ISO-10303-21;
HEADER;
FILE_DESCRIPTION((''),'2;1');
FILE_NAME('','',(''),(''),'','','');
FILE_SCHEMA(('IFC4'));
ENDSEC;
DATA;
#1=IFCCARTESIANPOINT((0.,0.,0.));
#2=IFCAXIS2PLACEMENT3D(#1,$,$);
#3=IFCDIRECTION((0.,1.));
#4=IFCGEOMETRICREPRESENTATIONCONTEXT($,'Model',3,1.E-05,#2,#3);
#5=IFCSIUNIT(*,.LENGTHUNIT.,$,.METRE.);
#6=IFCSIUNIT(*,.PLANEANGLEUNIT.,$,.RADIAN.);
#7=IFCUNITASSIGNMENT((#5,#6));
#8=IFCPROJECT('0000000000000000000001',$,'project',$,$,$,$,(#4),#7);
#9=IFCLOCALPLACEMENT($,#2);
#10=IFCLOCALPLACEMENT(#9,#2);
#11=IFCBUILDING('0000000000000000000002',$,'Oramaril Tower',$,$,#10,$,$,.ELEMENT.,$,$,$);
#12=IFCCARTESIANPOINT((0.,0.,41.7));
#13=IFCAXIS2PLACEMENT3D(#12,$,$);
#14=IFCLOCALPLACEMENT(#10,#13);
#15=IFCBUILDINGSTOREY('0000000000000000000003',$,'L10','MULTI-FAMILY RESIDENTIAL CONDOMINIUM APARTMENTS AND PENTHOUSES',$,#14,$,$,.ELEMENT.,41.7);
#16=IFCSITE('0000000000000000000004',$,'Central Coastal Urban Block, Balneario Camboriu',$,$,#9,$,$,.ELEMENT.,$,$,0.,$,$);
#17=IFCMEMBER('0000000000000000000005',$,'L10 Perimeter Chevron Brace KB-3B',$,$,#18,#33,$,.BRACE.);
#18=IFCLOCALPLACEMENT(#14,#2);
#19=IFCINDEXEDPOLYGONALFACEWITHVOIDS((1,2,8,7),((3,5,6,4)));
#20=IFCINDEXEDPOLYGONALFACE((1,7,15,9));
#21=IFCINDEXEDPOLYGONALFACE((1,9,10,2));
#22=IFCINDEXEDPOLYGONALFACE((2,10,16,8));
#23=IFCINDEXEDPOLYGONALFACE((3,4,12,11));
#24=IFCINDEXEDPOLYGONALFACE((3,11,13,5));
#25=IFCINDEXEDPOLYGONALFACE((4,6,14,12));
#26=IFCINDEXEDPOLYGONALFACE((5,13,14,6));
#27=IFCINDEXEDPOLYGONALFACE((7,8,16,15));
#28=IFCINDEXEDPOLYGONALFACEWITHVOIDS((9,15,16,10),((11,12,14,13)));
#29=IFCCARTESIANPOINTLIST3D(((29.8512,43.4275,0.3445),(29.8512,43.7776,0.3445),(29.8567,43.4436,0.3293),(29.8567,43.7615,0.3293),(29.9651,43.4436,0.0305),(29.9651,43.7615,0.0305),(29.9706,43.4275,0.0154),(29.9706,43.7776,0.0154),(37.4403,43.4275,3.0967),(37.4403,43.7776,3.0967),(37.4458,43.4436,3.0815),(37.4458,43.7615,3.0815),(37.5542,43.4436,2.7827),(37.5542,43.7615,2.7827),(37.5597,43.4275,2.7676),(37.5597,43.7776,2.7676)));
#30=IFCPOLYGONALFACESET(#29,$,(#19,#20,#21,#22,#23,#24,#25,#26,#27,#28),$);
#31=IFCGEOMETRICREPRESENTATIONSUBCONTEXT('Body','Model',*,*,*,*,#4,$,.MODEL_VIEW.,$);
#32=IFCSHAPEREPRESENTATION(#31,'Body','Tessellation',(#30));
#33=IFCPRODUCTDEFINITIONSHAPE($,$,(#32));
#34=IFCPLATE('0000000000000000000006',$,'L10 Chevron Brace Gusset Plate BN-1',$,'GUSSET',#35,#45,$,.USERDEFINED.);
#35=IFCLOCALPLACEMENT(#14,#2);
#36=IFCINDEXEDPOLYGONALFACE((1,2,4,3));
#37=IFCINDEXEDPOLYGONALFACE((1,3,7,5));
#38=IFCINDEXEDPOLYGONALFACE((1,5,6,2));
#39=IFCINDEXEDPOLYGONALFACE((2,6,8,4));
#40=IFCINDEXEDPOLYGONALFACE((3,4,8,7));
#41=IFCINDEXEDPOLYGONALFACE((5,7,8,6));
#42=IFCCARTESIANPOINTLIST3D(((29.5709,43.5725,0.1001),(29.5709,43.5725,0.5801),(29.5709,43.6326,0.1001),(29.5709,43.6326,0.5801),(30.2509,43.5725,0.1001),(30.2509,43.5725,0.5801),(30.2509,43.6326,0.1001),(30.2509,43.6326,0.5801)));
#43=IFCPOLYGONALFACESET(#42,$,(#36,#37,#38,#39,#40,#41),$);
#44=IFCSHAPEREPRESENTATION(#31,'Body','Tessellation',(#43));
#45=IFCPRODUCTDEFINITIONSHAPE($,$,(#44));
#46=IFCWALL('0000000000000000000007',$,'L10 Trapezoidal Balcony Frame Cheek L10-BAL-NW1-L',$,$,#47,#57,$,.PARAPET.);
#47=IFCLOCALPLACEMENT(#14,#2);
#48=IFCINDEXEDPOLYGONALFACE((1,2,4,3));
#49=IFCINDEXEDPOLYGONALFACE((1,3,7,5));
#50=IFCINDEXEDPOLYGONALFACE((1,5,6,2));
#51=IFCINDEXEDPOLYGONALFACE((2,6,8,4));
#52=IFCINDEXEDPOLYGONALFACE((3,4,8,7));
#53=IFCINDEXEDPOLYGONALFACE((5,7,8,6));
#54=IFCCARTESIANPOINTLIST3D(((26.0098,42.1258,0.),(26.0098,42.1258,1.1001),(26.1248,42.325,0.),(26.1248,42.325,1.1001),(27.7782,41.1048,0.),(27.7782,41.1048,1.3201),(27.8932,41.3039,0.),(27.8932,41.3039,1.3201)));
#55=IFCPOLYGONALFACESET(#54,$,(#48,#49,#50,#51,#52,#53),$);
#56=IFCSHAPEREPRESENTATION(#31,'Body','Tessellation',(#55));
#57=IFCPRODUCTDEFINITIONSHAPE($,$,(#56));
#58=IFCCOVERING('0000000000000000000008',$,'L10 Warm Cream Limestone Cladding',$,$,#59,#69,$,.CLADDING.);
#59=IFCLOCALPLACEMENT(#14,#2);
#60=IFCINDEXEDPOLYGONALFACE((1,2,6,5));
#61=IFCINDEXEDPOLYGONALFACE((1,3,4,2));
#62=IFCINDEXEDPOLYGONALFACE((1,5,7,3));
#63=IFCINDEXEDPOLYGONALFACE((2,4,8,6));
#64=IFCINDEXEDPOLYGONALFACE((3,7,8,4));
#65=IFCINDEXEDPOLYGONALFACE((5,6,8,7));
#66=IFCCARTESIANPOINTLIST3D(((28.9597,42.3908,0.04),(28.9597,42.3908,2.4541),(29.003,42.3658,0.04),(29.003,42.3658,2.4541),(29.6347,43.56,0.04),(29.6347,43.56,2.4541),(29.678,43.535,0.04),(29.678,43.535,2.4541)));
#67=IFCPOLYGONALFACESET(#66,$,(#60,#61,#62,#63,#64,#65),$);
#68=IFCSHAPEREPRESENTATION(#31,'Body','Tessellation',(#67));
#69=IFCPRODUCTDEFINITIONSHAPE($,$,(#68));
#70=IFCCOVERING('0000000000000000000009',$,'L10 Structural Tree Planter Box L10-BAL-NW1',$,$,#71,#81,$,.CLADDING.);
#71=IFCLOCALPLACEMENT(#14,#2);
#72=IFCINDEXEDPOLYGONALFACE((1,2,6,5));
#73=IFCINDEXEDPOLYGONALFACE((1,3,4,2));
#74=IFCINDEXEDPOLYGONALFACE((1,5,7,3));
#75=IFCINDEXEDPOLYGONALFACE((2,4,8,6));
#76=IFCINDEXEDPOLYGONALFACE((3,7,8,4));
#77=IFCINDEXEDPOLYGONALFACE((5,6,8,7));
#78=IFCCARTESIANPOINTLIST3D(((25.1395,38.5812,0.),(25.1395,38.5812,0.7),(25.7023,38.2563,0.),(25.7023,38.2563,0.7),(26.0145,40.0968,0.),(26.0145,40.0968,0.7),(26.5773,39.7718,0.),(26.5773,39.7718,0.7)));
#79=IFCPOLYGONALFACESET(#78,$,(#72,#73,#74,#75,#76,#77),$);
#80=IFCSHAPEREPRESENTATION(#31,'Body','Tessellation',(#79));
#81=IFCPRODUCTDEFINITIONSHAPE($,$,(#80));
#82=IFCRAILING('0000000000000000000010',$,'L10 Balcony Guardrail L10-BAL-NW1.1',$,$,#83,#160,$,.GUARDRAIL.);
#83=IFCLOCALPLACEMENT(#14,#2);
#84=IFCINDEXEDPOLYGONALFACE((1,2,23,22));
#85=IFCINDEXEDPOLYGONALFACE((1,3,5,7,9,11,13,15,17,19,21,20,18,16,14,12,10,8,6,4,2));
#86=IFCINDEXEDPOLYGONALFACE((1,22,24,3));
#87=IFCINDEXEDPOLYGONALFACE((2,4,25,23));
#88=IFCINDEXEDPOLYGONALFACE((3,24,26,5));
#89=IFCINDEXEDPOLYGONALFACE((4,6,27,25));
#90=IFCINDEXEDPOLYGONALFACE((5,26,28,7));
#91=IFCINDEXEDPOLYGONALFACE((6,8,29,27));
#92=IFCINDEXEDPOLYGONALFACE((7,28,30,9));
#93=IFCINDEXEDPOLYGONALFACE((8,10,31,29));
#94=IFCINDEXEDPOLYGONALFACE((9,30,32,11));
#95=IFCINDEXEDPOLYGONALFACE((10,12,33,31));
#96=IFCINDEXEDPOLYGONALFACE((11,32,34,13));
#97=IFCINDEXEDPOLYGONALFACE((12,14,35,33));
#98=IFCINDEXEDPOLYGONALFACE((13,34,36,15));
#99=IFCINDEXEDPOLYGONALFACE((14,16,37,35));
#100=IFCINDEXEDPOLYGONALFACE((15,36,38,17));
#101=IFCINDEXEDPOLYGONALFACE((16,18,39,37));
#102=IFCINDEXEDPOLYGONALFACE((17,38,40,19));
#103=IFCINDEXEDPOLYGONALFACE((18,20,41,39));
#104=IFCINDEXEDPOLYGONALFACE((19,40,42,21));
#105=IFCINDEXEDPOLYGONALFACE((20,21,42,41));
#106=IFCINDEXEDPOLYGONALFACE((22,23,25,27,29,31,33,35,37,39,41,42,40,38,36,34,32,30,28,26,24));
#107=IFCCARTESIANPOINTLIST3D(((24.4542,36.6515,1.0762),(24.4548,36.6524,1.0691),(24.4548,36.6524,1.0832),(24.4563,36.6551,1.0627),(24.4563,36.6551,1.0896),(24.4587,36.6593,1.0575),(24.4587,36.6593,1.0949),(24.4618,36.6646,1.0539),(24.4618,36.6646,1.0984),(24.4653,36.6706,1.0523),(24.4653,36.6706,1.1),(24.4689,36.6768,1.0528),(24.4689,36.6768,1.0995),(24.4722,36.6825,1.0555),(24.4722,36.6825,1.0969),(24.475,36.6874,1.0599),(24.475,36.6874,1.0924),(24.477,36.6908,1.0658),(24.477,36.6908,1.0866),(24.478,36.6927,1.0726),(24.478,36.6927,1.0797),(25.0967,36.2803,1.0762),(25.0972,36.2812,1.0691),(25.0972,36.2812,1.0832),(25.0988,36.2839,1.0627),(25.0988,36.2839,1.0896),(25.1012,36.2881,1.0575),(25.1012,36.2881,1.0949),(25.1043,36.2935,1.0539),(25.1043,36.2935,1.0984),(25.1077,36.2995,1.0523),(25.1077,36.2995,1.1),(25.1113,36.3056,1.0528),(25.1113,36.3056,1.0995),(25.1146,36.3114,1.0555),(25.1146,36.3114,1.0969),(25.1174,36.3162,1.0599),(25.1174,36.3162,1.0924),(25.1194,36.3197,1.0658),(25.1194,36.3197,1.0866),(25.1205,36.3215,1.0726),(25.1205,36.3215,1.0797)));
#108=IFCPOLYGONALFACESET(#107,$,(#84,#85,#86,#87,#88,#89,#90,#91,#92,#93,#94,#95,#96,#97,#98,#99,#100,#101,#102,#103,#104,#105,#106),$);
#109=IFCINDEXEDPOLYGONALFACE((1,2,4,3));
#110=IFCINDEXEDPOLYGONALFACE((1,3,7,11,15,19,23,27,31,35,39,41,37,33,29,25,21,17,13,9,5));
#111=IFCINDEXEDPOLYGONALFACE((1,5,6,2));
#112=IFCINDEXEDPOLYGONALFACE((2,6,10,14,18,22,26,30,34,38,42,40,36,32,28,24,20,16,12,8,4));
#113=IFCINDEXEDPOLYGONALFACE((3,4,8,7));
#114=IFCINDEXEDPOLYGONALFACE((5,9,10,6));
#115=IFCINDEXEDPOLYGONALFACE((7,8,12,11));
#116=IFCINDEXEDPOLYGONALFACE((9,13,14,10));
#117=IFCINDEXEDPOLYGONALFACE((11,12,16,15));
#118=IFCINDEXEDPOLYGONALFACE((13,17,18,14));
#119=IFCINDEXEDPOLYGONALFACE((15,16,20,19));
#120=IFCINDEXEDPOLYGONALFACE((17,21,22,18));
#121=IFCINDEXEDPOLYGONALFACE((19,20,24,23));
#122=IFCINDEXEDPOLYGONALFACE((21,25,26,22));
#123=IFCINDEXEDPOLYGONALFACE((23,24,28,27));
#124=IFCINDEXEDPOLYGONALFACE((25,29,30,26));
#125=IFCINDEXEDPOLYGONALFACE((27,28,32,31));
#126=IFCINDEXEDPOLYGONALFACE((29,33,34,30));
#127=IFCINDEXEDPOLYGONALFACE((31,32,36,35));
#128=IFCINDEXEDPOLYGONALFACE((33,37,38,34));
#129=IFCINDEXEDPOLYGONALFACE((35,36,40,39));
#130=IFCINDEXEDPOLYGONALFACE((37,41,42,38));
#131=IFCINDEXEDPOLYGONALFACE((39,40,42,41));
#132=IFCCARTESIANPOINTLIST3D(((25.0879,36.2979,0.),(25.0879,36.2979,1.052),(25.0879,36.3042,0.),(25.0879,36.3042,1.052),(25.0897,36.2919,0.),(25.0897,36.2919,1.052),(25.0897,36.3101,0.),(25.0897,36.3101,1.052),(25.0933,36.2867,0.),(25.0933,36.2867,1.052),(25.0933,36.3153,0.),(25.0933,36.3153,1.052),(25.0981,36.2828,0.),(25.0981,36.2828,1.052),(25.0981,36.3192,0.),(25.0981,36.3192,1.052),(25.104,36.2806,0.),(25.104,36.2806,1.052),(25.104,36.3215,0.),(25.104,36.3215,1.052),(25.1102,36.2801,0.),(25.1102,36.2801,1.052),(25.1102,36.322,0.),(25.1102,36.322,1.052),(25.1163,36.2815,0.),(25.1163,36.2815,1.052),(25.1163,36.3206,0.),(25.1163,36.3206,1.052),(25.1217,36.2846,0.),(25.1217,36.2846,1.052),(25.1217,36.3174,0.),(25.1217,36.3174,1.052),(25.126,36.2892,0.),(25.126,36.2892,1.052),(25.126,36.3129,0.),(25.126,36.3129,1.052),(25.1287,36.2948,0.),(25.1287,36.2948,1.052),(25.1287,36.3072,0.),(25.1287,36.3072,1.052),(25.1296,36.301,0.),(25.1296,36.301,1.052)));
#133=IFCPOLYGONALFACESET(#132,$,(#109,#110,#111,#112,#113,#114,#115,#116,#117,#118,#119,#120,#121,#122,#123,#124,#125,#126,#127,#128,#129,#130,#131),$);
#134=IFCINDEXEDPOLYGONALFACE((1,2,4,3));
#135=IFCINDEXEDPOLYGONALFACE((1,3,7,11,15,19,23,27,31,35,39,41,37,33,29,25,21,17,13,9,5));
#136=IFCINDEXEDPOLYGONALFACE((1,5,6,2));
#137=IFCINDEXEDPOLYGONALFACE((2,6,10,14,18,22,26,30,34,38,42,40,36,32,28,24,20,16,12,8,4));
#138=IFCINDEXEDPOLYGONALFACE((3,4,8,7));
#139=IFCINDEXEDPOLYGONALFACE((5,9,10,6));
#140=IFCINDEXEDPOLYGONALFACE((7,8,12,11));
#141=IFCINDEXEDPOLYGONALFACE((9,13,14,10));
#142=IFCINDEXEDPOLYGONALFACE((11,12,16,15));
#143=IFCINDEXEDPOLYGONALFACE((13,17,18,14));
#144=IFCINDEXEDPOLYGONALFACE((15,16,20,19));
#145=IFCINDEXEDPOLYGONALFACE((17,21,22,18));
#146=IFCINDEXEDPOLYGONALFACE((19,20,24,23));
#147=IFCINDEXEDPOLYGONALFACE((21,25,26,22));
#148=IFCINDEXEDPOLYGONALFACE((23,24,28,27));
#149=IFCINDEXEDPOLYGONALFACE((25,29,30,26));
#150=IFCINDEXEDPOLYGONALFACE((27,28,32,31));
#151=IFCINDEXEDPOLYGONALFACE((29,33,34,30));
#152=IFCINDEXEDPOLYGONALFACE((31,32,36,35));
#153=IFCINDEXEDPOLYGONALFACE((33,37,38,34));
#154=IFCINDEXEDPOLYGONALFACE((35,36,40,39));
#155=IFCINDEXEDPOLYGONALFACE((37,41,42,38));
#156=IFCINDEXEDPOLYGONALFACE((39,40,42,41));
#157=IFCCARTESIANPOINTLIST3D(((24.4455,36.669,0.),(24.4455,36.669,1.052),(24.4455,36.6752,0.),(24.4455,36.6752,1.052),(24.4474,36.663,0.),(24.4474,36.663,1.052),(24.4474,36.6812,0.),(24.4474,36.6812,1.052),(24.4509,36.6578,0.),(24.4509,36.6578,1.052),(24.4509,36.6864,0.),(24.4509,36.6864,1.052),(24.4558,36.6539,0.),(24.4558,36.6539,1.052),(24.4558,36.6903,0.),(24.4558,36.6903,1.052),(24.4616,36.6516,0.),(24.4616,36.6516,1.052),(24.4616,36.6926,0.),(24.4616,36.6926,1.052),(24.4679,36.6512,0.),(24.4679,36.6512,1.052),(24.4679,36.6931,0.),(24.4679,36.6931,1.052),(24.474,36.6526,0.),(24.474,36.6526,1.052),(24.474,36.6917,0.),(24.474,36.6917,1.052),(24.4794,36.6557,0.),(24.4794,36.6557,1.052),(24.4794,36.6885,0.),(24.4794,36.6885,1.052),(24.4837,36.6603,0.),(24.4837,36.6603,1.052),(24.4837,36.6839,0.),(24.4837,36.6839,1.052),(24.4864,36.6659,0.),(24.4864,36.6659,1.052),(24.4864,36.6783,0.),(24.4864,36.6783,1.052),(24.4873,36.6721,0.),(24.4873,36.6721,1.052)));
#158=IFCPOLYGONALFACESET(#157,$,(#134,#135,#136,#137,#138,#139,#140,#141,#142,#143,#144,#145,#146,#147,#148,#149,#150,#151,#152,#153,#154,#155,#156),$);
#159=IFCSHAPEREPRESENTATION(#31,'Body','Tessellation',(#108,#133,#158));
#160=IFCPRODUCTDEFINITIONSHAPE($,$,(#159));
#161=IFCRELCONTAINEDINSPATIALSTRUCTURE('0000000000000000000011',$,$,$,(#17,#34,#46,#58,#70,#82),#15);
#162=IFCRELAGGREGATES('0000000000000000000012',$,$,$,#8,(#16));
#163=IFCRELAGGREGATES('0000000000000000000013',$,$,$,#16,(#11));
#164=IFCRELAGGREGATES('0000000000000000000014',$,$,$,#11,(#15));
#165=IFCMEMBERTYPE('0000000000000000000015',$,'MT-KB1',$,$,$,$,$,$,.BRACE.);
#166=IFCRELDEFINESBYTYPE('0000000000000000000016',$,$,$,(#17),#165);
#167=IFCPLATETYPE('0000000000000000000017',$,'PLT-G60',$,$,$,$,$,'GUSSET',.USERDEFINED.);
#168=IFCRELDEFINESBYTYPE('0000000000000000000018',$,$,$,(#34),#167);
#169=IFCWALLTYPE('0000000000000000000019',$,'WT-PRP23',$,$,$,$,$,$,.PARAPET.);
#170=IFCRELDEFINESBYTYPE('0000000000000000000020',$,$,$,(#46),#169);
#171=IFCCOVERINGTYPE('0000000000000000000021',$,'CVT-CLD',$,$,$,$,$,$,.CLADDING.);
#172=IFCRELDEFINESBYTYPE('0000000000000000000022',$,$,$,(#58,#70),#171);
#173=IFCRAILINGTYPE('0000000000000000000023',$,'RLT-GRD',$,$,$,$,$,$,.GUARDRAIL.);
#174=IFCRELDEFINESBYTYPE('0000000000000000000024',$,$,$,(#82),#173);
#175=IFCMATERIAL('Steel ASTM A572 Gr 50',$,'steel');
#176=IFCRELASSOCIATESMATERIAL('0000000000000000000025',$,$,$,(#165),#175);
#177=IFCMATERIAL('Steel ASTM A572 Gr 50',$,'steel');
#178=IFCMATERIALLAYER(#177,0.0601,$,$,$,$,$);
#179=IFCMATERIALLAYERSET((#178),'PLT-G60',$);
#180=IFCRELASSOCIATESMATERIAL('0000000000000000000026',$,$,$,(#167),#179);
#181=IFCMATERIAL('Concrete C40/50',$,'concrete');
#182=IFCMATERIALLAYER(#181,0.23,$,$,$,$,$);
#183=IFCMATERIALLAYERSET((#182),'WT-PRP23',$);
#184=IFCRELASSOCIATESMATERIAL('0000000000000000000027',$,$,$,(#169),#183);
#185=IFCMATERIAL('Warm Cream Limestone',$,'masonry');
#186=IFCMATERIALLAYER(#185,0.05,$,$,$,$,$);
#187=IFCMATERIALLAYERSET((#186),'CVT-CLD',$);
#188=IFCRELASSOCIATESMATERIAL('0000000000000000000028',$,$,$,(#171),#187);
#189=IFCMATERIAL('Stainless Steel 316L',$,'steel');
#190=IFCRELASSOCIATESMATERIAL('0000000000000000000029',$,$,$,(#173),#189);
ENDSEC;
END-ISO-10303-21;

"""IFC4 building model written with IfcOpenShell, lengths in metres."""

from ifc_helpers import new_model, si_unit, direction, frame, origin, origin_2d, place, context, subcontext, project, spatial, polyline, rectangle, hollow_rectangle, circle, outline, extrude, material, layer, layer_set, material_profile, profile_set, type_object, element, save


model = new_model("IFC4")

# Units and contexts
model_context = context("Model", 3, precision=1e-05, world=origin(), true_north=direction((0.0, 1.0)))
body_context = subcontext(model_context, "Body", "Model", "MODEL_VIEW")
ifc_project = project(units=[si_unit("LENGTHUNIT", "METRE"), si_unit("PLANEANGLEUNIT", "RADIAN")], contexts=[model_context])

# Site, building, storey
site_placement = place(None, origin())
site = spatial("IfcSite", under=ifc_project, at=site_placement, Name="Central Coastal Urban Block, Balneario Camboriu", CompositionType="ELEMENT", RefElevation=0.0)
building_placement = place(site_placement, origin())
building = spatial("IfcBuilding", under=site, at=building_placement, Name="Oramaril Tower", CompositionType="ELEMENT")
storey_placement = place(building_placement, frame((0.0, 0.0, 41.7)))
storey = spatial("IfcBuildingStorey", under=building, at=storey_placement, Name="L10", Description="MULTI-FAMILY RESIDENTIAL CONDOMINIUM APARTMENTS AND PENTHOUSES", CompositionType="ELEMENT", Elevation=41.7)

# Member
ifc_material_1 = material(Name="Steel ASTM A572 Gr 50", Category="steel")
ifc_material_profile_1 = material_profile(ifc_material_1, hollow_rectangle(XDim=0.3501, YDim=0.3501, WallThickness=0.0161, at=origin_2d()), Name="HSS350X350X16")
ifc_profile_set_1 = profile_set([ifc_material_profile_1], Name="Steel ASTM A572 Gr 50")
member_type = type_object("IfcMemberType", Name="MT-KB1", PredefinedType="BRACE", material=ifc_profile_set_1)
member_placement = place(storey_placement, frame((29.9109, 43.6025, 0.1799), z_axis=(0.940091, 0.0, 0.340925), x_axis=(0.0, 1.0, 0.0)))
element("IfcMember", 1, at=member_placement, inside=storey, type_object=member_type, Name="L10 Perimeter Chevron Brace KB-3B", PredefinedType="BRACE", context=body_context, shape_type="SweptSolid", body=[
    extrude(hollow_rectangle(XDim=0.3501, YDim=0.3501, WallThickness=0.0161, at=origin_2d()), origin(), (0.0, 0.0, 1.0), 8.0728),
])

# Plate
ifc_material_2 = material(Name="Steel ASTM A572 Gr 50", Category="steel")
ifc_layer_1 = layer(ifc_material_2, 0.0601)
ifc_layer_set_1 = layer_set([ifc_layer_1], Name="PLT-G60")
plate_type = type_object("IfcPlateType", Name="PLT-G60", ElementType="GUSSET", PredefinedType="USERDEFINED", material=ifc_layer_set_1)
plate_placement = place(storey_placement, frame((29.9109, 43.6025, 0.1001), z_axis=(0.0, 0.0, 1.0), x_axis=(-1.0, 0.0, 0.0)))
element("IfcPlate", 2, at=plate_placement, inside=storey, type_object=plate_type, Name="L10 Chevron Brace Gusset Plate BN-1", ObjectType="GUSSET", PredefinedType="USERDEFINED", context=body_context, shape_type="SweptSolid", body=[
    extrude(rectangle(XDim=0.6799, YDim=0.0601, at=origin_2d()), origin(), (0.0, 0.0, 1.0), 0.48),
])

# Wall
ifc_material_3 = material(Name="Concrete C40/50", Category="concrete")
ifc_layer_2 = layer(ifc_material_3, 0.23)
ifc_layer_set_2 = layer_set([ifc_layer_2], Name="WT-PRP23")
wall_type_1 = type_object("IfcWallType", Name="WT-PRP23", PredefinedType="PARAPET", material=ifc_layer_set_2)
wall_1_placement = place(storey_placement, frame((27.8357, 41.2043, 0.0), z_axis=(0.0, 0.0, 1.0), x_axis=(-0.866012, 0.500023, 0.0)))
element("IfcWall", 3, at=wall_1_placement, inside=storey, type_object=wall_type_1, Name="L10 Trapezoidal Balcony Frame Cheek L10-BAL-NW1-L", PredefinedType="PARAPET", context=body_context, shape_type="SweptSolid", body=[
    extrude(outline(polyline([(0.0, 0.0), (2.042, 0.0), (2.042, 1.1001), (0.0, 1.3201), (0.0, 0.0)])), frame((0.0, 0.115, 0.0), z_axis=(0.0, -1.0, 0.0), x_axis=(1.0, 0.0, 0.0)), (0.0, 0.0, 1.0), 0.23),
])

# Coverings
ifc_material_4 = material(Name="Warm Cream Limestone", Category="masonry")
ifc_layer_3 = layer(ifc_material_4, 0.05)
ifc_layer_set_3 = layer_set([ifc_layer_3], Name="CVT-CLD")
covering_type = type_object("IfcCoveringType", Name="CVT-CLD", PredefinedType="CLADDING", material=ifc_layer_set_3)
covering_1_placement = place(storey_placement, frame((29.3188, 42.9629, 0.04), z_axis=(0.0, 0.0, 1.0), x_axis=(-0.5, -0.866025, 0.0)))
element("IfcCovering", 4, at=covering_1_placement, inside=storey, type_object=covering_type, Name="L10 Warm Cream Limestone Cladding", PredefinedType="CLADDING", context=body_context, shape_type="SweptSolid", body=[
    extrude(rectangle(XDim=1.3501, YDim=0.05, at=origin_2d()), origin(), (0.0, 0.0, 1.0), 2.4141),
])
covering_2_placement = place(storey_placement, frame((25.8584, 39.1765, 0.0), z_axis=(0.0, 0.0, 1.0), x_axis=(-0.500002, -0.866025, 0.0)))
element("IfcCovering", 5, at=covering_2_placement, inside=storey, type_object=covering_type, Name="L10 Structural Tree Planter Box L10-BAL-NW1", PredefinedType="CLADDING", context=body_context, shape_type="SweptSolid", body=[
    extrude(rectangle(XDim=1.75, YDim=0.6499, at=origin_2d()), origin(), (0.0, 0.0, 1.0), 0.7),
])

# Railing
ifc_material_5 = material(Name="Stainless Steel 316L", Category="steel")
railing_type = type_object("IfcRailingType", Name="RLT-GRD", PredefinedType="GUARDRAIL", material=ifc_material_5)
railing_1_placement = place(storey_placement, frame((25.1086, 36.301, 0.0)))
element("IfcRailing", 6, at=railing_1_placement, inside=storey, type_object=railing_type, Name="L10 Balcony Guardrail L10-BAL-NW1.1", PredefinedType="GUARDRAIL", context=body_context, shape_type="SweptSolid", body=[
    extrude(circle(Radius=0.0239, at=origin_2d()), frame((0.0, 0.0, 1.0762), z_axis=(-0.865884, 0.500245, 0.0), x_axis=(-0.500245, -0.865884, 0.0)), (0.0, 0.0, 1.0), 0.7419),
    extrude(circle(Radius=0.021, at=origin_2d()), origin(), (0.0, 0.0, 1.0), 1.052),
    extrude(circle(Radius=0.021, at=origin_2d()), frame((-0.6423, 0.3711, 0.0)), (0.0, 0.0, 1.0), 1.052),
])

save(model, "model.ifc")
